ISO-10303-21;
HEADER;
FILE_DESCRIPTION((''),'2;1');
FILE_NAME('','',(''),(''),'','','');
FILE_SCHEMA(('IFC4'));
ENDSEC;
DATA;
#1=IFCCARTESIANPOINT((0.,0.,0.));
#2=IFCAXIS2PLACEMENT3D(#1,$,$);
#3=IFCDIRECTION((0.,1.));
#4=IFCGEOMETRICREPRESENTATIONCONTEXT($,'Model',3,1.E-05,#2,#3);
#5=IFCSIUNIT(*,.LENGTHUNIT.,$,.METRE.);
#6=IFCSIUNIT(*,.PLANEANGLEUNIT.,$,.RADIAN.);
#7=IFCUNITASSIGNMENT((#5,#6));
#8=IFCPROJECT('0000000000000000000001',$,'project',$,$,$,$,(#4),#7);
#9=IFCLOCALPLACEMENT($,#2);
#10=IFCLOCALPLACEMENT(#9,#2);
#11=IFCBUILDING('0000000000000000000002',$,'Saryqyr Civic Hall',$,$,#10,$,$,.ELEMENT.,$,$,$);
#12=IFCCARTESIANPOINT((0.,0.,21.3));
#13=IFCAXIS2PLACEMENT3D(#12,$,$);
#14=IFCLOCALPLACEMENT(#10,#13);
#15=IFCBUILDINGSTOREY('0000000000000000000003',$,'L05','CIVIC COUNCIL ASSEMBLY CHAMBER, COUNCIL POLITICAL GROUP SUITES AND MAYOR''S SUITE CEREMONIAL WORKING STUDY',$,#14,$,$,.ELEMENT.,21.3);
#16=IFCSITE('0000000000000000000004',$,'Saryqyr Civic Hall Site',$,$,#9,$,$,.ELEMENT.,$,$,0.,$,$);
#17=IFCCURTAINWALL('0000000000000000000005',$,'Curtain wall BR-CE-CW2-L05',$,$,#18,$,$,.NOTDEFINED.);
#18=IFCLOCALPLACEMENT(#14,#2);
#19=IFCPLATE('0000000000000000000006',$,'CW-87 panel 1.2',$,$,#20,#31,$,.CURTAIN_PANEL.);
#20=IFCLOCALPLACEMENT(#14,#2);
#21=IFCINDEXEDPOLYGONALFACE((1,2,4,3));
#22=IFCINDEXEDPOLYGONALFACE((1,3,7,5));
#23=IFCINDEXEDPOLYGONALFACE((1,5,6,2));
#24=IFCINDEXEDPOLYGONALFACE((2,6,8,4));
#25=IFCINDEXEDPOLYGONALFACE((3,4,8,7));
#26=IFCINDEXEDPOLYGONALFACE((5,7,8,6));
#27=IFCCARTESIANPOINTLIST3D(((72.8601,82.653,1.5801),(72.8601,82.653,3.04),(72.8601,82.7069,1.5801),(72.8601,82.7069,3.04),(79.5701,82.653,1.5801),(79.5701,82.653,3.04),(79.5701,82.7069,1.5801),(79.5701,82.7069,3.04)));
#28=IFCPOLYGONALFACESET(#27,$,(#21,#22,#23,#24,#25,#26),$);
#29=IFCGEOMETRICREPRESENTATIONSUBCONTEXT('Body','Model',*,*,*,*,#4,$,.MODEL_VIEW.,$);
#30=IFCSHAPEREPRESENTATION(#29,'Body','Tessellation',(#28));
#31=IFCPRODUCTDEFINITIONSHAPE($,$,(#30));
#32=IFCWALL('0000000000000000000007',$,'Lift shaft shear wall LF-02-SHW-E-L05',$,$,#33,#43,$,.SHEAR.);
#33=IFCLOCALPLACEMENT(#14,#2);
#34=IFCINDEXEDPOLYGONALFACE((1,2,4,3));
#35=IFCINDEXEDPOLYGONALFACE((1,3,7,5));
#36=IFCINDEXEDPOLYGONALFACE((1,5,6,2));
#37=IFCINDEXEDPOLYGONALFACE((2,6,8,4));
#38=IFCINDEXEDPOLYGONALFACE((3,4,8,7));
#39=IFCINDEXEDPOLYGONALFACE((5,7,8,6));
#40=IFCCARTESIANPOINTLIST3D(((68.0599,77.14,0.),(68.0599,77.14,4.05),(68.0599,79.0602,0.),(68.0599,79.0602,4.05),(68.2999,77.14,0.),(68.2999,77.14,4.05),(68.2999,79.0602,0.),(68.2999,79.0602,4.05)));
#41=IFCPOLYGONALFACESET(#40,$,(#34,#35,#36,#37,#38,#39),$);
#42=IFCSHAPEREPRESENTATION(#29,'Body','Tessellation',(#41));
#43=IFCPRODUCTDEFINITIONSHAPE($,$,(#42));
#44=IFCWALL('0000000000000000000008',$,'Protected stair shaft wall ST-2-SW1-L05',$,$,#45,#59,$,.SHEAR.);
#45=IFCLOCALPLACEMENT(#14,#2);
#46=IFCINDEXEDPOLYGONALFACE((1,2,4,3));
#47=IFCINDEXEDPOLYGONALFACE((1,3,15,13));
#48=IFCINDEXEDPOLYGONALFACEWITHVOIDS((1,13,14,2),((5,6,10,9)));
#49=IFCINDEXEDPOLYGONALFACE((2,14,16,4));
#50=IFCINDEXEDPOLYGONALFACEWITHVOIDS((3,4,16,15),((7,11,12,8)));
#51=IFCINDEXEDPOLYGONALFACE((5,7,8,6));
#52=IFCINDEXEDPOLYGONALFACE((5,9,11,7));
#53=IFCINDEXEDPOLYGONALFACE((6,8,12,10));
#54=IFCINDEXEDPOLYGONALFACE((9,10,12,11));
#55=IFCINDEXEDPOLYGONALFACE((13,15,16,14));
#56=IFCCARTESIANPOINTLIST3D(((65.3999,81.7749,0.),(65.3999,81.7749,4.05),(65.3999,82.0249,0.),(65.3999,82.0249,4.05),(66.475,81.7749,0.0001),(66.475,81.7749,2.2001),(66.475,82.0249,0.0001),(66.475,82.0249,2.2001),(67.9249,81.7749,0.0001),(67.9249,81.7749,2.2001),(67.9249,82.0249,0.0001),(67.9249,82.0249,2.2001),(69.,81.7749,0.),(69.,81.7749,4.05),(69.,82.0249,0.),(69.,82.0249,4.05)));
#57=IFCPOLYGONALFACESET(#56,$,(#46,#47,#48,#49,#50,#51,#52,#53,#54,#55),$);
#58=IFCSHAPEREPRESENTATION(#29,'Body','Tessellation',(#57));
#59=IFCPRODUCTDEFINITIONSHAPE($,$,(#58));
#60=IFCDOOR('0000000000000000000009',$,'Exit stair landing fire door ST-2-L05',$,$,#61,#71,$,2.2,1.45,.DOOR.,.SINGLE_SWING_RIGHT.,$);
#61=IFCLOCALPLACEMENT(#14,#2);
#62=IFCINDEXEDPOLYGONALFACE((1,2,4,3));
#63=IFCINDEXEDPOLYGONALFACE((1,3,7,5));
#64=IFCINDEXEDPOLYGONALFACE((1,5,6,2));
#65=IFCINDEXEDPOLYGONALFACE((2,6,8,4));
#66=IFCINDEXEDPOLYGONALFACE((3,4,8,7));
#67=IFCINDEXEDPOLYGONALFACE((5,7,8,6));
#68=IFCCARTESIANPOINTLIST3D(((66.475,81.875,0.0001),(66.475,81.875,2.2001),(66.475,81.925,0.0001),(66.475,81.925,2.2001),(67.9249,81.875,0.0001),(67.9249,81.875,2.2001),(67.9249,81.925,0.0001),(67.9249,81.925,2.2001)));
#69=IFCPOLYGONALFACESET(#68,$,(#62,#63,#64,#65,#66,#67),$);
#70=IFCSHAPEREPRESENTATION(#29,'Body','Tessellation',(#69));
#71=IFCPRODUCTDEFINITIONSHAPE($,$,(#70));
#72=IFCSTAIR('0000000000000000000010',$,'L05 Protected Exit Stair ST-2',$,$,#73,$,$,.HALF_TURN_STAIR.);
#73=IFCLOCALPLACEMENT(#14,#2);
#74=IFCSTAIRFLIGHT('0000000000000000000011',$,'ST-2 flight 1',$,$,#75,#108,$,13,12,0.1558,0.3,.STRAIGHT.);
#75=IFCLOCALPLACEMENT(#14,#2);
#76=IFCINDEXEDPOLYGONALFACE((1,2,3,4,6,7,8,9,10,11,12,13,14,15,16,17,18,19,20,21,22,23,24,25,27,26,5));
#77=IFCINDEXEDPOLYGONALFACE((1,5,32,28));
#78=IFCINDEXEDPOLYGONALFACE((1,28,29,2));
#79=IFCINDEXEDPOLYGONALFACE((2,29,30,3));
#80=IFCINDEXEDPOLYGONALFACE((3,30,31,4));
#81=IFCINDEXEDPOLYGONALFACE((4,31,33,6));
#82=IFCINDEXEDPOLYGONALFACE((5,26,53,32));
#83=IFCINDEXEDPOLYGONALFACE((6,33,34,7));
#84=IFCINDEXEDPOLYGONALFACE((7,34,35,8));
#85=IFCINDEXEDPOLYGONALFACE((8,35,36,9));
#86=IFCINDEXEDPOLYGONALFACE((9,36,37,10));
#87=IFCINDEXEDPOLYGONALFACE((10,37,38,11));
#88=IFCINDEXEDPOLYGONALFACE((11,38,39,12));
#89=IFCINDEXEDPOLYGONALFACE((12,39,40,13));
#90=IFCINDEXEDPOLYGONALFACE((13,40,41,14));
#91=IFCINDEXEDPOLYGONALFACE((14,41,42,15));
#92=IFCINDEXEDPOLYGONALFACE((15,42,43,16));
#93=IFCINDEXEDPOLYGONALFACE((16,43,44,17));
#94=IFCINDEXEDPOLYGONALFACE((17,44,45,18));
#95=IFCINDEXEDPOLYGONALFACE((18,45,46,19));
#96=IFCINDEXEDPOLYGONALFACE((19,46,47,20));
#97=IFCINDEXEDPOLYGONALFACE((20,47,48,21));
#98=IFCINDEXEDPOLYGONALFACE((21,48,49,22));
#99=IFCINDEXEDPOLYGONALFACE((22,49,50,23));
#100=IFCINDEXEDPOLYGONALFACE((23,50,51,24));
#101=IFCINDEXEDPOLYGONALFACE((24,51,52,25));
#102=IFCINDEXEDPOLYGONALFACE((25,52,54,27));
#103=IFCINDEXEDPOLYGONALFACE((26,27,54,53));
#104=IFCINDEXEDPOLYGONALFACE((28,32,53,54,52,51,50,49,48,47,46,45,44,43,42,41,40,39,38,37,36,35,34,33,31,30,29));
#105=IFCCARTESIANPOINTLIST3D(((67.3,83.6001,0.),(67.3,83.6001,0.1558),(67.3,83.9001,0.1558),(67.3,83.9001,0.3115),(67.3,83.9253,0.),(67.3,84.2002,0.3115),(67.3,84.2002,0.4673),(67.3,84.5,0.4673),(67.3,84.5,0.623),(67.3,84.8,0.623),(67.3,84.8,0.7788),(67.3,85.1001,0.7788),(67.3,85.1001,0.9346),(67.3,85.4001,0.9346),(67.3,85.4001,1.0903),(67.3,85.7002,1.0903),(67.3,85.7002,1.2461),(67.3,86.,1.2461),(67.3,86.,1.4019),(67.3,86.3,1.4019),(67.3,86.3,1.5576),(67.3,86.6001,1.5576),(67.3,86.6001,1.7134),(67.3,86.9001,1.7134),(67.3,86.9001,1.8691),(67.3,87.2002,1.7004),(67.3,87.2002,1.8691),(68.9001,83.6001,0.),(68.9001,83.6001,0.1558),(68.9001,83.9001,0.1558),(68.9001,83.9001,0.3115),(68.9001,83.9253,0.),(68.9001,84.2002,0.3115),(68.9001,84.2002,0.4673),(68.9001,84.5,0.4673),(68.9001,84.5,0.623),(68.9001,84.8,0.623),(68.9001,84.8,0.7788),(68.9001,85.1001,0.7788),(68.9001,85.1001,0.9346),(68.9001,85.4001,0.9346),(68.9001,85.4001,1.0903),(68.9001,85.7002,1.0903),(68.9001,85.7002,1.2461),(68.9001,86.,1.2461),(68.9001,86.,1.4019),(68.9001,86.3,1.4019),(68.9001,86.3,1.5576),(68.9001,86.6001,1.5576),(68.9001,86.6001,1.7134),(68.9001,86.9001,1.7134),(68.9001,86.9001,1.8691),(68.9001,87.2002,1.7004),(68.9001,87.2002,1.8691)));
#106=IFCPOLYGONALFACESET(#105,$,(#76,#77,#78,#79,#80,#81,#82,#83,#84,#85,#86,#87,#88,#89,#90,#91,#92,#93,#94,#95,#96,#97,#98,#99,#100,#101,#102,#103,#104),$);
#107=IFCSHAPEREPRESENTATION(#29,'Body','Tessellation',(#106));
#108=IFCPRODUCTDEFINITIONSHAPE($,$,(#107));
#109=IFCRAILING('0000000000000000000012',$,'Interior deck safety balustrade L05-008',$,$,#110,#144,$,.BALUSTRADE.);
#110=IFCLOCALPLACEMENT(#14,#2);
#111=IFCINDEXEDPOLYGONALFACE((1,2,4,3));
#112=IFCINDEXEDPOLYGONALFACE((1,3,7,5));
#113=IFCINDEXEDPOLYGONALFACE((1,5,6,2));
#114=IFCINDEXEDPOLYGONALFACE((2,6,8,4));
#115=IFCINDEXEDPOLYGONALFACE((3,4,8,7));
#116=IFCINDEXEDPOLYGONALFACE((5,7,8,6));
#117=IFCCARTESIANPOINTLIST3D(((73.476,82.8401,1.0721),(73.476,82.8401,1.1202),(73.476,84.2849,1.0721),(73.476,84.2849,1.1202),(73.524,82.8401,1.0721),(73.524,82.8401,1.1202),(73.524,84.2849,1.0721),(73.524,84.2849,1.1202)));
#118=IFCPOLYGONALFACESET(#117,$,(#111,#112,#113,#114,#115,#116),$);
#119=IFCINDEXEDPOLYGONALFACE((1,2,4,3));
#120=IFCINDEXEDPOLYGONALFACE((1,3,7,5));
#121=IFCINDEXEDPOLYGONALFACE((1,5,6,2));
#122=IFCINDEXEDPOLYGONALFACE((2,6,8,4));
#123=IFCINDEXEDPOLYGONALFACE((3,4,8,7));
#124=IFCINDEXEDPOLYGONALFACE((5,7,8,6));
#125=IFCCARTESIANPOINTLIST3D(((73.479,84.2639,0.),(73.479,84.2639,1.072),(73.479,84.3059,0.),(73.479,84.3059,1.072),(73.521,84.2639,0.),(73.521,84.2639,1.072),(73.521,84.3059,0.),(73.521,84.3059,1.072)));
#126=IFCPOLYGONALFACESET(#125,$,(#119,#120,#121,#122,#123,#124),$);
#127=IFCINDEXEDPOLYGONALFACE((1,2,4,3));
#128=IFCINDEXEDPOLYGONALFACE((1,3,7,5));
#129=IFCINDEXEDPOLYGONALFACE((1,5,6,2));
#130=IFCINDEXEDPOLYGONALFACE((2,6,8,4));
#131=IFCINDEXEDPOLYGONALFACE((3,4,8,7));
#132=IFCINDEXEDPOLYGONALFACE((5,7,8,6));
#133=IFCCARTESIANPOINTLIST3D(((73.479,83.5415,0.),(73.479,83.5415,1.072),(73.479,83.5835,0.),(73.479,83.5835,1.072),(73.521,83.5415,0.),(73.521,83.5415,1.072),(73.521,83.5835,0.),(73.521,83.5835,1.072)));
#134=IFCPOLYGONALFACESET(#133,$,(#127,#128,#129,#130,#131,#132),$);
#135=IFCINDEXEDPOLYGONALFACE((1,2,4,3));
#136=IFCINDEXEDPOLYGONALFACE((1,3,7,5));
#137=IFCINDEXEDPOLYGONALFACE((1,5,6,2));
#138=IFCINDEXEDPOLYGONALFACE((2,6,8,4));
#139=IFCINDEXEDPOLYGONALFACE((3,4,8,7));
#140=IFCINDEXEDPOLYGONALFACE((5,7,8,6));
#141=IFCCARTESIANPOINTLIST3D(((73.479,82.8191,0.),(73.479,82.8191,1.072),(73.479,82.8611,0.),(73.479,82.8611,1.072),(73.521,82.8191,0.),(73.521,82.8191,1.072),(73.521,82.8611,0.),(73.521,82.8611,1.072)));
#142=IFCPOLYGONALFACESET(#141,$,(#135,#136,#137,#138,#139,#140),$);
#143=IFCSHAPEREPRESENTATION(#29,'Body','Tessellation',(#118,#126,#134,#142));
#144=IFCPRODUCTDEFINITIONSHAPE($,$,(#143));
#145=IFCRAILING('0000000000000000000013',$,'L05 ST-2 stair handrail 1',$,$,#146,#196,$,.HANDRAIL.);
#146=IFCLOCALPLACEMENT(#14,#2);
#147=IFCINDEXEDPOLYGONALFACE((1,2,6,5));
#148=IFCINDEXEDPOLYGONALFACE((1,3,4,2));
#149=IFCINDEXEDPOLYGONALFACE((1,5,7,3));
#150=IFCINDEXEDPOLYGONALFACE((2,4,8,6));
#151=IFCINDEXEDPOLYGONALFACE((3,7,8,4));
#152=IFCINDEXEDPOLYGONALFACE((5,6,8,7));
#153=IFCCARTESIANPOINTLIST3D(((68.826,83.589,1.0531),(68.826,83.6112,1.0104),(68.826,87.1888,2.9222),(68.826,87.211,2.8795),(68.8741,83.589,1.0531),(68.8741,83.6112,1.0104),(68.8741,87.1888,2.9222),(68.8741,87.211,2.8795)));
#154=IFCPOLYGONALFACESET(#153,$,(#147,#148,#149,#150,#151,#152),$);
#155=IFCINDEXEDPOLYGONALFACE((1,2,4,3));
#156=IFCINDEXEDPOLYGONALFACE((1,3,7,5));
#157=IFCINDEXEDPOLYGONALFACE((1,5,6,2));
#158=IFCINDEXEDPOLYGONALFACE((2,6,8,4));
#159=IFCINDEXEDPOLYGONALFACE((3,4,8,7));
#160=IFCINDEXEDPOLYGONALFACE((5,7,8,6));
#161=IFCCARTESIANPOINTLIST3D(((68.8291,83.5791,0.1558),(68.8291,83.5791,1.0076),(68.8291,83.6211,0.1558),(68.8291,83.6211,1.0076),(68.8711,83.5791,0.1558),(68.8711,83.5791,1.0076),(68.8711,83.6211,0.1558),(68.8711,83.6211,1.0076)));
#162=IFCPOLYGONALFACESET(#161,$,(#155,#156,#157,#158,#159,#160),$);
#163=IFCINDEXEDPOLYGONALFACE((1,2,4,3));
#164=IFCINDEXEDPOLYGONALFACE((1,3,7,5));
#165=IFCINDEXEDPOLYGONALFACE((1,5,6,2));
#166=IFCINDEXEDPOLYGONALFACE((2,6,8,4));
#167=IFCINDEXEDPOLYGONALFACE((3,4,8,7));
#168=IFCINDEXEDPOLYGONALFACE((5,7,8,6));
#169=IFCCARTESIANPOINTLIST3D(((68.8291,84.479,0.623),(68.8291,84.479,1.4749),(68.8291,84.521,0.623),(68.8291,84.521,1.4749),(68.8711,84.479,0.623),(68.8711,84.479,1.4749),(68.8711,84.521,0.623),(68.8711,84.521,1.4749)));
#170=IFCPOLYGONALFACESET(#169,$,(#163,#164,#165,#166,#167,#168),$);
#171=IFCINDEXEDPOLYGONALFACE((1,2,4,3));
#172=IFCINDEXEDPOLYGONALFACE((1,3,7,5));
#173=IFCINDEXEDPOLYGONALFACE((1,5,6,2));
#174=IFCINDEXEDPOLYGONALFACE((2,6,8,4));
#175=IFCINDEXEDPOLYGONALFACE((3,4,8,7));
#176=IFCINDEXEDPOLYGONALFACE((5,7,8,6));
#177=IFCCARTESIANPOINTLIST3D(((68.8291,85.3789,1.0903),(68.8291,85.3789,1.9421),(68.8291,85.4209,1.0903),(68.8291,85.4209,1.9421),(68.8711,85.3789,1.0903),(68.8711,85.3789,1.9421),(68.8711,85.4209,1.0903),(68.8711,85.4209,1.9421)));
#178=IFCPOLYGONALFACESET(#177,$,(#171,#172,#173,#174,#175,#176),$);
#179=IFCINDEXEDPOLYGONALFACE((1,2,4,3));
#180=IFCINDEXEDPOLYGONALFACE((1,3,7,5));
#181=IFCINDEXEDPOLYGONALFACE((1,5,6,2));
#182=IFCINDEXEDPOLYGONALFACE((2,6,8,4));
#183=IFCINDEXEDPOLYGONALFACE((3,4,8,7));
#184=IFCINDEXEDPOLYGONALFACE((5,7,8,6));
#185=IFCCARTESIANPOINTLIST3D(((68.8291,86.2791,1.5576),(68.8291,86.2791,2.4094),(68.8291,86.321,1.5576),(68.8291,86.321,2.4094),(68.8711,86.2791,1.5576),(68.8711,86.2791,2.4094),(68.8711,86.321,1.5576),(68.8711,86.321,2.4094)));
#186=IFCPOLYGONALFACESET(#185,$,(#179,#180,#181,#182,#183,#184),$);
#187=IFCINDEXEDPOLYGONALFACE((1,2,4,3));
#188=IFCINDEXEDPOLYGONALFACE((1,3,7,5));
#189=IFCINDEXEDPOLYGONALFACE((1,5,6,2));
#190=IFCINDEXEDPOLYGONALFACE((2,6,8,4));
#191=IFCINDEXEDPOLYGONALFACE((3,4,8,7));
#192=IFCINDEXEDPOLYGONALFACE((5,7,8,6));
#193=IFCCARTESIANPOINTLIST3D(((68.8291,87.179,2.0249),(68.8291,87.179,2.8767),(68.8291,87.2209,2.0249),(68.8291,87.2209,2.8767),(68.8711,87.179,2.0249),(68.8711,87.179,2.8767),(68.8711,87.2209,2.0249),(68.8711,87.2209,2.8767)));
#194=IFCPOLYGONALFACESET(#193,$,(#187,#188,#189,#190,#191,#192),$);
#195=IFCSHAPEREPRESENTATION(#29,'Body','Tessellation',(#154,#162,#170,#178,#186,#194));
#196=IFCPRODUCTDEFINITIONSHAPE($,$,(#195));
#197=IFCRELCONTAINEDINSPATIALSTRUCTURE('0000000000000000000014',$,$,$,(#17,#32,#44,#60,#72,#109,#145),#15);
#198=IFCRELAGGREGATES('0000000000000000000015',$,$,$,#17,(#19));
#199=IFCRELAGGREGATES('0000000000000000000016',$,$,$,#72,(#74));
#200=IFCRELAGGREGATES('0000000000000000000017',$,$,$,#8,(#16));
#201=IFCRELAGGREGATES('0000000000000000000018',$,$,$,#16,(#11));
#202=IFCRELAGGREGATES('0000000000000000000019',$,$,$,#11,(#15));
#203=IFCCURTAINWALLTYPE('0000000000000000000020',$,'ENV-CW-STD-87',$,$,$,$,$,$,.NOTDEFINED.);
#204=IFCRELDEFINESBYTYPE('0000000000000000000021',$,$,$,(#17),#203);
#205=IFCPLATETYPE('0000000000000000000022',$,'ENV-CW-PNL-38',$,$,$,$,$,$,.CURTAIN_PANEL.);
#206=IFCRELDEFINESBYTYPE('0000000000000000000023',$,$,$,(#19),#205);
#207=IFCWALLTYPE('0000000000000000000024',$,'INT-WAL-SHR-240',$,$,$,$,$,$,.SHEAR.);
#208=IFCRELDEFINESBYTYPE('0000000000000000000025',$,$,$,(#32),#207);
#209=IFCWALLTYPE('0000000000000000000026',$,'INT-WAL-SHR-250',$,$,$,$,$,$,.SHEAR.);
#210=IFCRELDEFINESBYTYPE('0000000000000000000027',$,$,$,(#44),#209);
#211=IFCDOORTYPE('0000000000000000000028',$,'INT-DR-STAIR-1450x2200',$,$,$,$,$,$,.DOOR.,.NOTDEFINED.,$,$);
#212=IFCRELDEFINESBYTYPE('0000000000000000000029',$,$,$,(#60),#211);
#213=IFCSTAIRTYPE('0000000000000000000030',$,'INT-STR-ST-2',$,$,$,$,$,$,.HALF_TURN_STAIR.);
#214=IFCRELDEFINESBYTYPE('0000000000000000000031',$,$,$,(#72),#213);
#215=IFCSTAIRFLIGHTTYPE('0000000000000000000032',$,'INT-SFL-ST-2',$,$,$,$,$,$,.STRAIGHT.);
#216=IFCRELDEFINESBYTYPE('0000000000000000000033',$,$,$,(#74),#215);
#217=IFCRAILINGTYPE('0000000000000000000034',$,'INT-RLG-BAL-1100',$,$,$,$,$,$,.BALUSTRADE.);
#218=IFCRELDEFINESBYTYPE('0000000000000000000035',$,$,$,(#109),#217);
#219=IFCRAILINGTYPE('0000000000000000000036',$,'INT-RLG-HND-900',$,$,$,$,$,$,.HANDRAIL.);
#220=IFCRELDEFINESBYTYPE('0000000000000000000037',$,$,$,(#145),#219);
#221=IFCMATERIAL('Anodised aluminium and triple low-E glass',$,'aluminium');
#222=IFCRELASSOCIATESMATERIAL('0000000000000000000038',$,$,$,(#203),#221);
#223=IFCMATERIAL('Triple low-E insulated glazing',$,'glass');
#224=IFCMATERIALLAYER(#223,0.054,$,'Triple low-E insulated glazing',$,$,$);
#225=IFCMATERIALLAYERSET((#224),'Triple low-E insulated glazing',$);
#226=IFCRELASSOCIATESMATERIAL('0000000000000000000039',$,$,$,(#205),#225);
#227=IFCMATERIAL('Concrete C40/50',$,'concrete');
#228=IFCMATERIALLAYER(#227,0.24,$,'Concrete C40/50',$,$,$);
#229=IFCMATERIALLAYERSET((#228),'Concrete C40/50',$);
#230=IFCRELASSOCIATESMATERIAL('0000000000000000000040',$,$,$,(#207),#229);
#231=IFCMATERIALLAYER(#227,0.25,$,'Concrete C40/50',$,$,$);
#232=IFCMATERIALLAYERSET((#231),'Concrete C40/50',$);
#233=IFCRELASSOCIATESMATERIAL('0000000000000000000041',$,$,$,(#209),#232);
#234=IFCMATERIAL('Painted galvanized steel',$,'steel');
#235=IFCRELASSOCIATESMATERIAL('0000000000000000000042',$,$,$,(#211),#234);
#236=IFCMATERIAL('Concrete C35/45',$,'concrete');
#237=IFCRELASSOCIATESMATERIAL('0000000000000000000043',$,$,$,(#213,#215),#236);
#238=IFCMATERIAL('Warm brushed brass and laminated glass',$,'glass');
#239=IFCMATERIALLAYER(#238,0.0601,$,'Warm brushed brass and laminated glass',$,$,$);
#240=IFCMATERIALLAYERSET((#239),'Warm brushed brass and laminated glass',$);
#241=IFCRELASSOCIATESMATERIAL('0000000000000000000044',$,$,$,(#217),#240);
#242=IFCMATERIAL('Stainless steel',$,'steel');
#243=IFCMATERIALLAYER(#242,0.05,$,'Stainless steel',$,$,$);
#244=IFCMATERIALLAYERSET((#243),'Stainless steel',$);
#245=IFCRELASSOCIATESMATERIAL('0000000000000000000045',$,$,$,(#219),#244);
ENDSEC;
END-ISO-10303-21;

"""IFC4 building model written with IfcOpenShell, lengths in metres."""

from ifc_helpers import new_model, si_unit, direction, frame, frame_2d, origin, origin_2d, place, context, subcontext, project, spatial, polyline, rectangle, outline, extrude, material, layer, layer_set, type_object, element, fill, aggregate, save


model = new_model("IFC4")

# Units and contexts
model_context = context("Model", 3, precision=1e-05, world=origin(), true_north=direction((0.0, 1.0)))
body_context = subcontext(model_context, "Body", "Model", "MODEL_VIEW")
ifc_project = project(units=[si_unit("LENGTHUNIT", "METRE"), si_unit("PLANEANGLEUNIT", "RADIAN")], contexts=[model_context])

# Site, building, storey
site_placement = place(None, origin())
site = spatial("IfcSite", under=ifc_project, at=site_placement, Name="Saryqyr Civic Hall Site", CompositionType="ELEMENT", RefElevation=0.0)
building_placement = place(site_placement, origin())
building = spatial("IfcBuilding", under=site, at=building_placement, Name="Saryqyr Civic Hall", CompositionType="ELEMENT")
storey_placement = place(building_placement, frame((0.0, 0.0, 21.3)))
storey = spatial("IfcBuildingStorey", under=building, at=storey_placement, Name="L05", Description="CIVIC COUNCIL ASSEMBLY CHAMBER, COUNCIL POLITICAL GROUP SUITES AND MAYOR'S SUITE CEREMONIAL WORKING STUDY", CompositionType="ELEMENT", Elevation=21.3)

# Shared definitions
ifc_material_1 = material(Name="Concrete C40/50", Category="concrete")

# Curtain wall
ifc_material_2 = material(Name="Anodised aluminium and triple low-E glass", Category="aluminium")
curtain_wall_type = type_object("IfcCurtainWallType", Name="ENV-CW-STD-87", PredefinedType="NOTDEFINED", material=ifc_material_2)
curtain_wall_placement = place(storey_placement, origin())
curtain_wall = element("IfcCurtainWall", 1, at=curtain_wall_placement, inside=storey, type_object=curtain_wall_type, Name="Curtain wall BR-CE-CW2-L05", PredefinedType="NOTDEFINED")

# Shared definitions
ifc_material_3 = material(Name="Concrete C35/45", Category="concrete")

# Plate
ifc_material_4 = material(Name="Triple low-E insulated glazing", Category="glass")
ifc_layer_1 = layer(ifc_material_4, 0.054, Name="Triple low-E insulated glazing")
ifc_layer_set_1 = layer_set([ifc_layer_1], Name="Triple low-E insulated glazing")
plate_type = type_object("IfcPlateType", Name="ENV-CW-PNL-38", PredefinedType="CURTAIN_PANEL", material=ifc_layer_set_1)
plate_1_placement = place(storey_placement, frame((76.2151, 82.6799, 1.5801), z_axis=(0.0, 0.0, 1.0), x_axis=(1.0, 0.0, 0.0)))
plate_1 = element("IfcPlate", 2, at=plate_1_placement, type_object=plate_type, Name="CW-87 panel 1.2", PredefinedType="CURTAIN_PANEL", context=body_context, shape_type="SweptSolid", body=[
    extrude(rectangle(XDim=6.71, YDim=0.054, at=origin_2d()), origin(), (0.0, 0.0, 1.0), 1.46),
])
aggregate(curtain_wall, [plate_1])

# Wall
ifc_layer_2 = layer(ifc_material_1, 0.24, Name="Concrete C40/50")
ifc_layer_set_2 = layer_set([ifc_layer_2], Name="Concrete C40/50")
wall_type_1 = type_object("IfcWallType", Name="INT-WAL-SHR-240", PredefinedType="SHEAR", material=ifc_layer_set_2)
wall_1_placement = place(storey_placement, frame((68.1799, 79.0601, 0.0), z_axis=(0.0, 0.0, 1.0), x_axis=(0.0, -1.0, 0.0)))
element("IfcWall", 3, at=wall_1_placement, inside=storey, type_object=wall_type_1, Name="Lift shaft shear wall LF-02-SHW-E-L05", PredefinedType="SHEAR", context=body_context, shape_type="SweptSolid", body=[
    extrude(rectangle(XDim=1.9202, YDim=0.24, at=frame_2d((0.96, 0.0))), origin(), (0.0, 0.0, 1.0), 4.05),
])

# Wall, opening, door
ifc_layer_3 = layer(ifc_material_1, 0.25, Name="Concrete C40/50")
ifc_layer_set_3 = layer_set([ifc_layer_3], Name="Concrete C40/50")
wall_type_2 = type_object("IfcWallType", Name="INT-WAL-SHR-250", PredefinedType="SHEAR", material=ifc_layer_set_3)
wall_2_placement = place(storey_placement, frame((69.0, 81.8999, 0.0), z_axis=(0.0, 0.0, 1.0), x_axis=(-1.0, 0.0, 0.0)))
wall_2 = element("IfcWall", 4, at=wall_2_placement, inside=storey, type_object=wall_type_2, Name="Protected stair shaft wall ST-2-SW1-L05", PredefinedType="SHEAR", context=body_context, shape_type="SweptSolid", body=[
    extrude(rectangle(XDim=3.6001, YDim=0.25, at=frame_2d((1.8, 0.0))), origin(), (0.0, 0.0, 1.0), 4.05),
])
opening_placement = place(wall_2_placement, frame((1.075, 0.0, 0.0)))
opening = element("IfcOpeningElement", 5, at=opening_placement, cuts=wall_2, PredefinedType="OPENING", context=body_context, shape_type="SweptSolid", body=[
    extrude(rectangle(XDim=1.45, YDim=2.2, at=frame_2d((0.7251, 1.1001))), frame((0.0, 0.135, 0.0), z_axis=(0.0, -1.0, 0.0), x_axis=(1.0, 0.0, 0.0)), (0.0, 0.0, 1.0), 0.27),
])
ifc_material_5 = material(Name="Painted galvanized steel", Category="steel")
door_type = type_object("IfcDoorType", Name="INT-DR-STAIR-1450x2200", OperationType="NOTDEFINED", PredefinedType="DOOR", material=ifc_material_5)
door_placement = place(opening_placement, origin())
door = element("IfcDoor", 6, at=door_placement, inside=storey, type_object=door_type, Name="Exit stair landing fire door ST-2-L05", OperationType="SINGLE_SWING_RIGHT", OverallHeight=2.2, OverallWidth=1.45, PredefinedType="DOOR", context=body_context, shape_type="SweptSolid", body=[
    extrude(rectangle(XDim=1.45, YDim=2.2, at=frame_2d((0.7251, 1.1001))), frame((0.0, 0.0249, 0.0), z_axis=(0.0, -1.0, 0.0), x_axis=(1.0, 0.0, 0.0)), (0.0, 0.0, 1.0), 0.05),
])
fill(opening, door)

# Stair, stair flight
stair_type = type_object("IfcStairType", Name="INT-STR-ST-2", PredefinedType="HALF_TURN_STAIR", material=ifc_material_3)
stair_placement = place(storey_placement, origin())
stair = element("IfcStair", 7, at=stair_placement, inside=storey, type_object=stair_type, Name="L05 Protected Exit Stair ST-2", PredefinedType="HALF_TURN_STAIR")
stair_flight_type = type_object("IfcStairFlightType", Name="INT-SFL-ST-2", PredefinedType="STRAIGHT", material=ifc_material_3)
stair_flight_placement = place(storey_placement, frame((68.1001, 83.6001, 0.0), z_axis=(0.0, 0.0, 1.0), x_axis=(0.0, 1.0, 0.0)))
stair_flight = element("IfcStairFlight", 8, at=stair_flight_placement, type_object=stair_flight_type, Name="ST-2 flight 1", NumberOfRisers=13, NumberOfTreads=12, PredefinedType="STRAIGHT", RiserHeight=0.1558, TreadLength=0.3, context=body_context, shape_type="SweptSolid", body=[
    extrude(outline(polyline([(0.0, 0.0), (0.0, 0.1558), (0.3, 0.1558), (0.3, 0.3115), (0.6001, 0.3115), (0.6001, 0.4673), (0.8999, 0.4673), (0.8999, 0.623), (1.2, 0.623), (1.2, 0.7788), (1.5, 0.7788), (1.5, 0.9346), (1.8, 0.9346), (1.8, 1.0903), (2.1001, 1.0903), (2.1001, 1.2461), (2.3999, 1.2461), (2.3999, 1.4019), (2.7, 1.4019), (2.7, 1.5576), (3.0, 1.5576), (3.0, 1.7134), (3.3, 1.7134), (3.3, 1.8691), (3.6001, 1.8691), (3.6001, 2.0249), (3.6001, 1.7004), (0.3252, 0.0), (0.0, 0.0)])), frame((0.0, 0.8, 0.0), z_axis=(0.0, -1.0, 0.0), x_axis=(1.0, 0.0, 0.0)), (0.0, 0.0, 1.0), 1.6001),
])
aggregate(stair, [stair_flight])

# Railings
ifc_material_6 = material(Name="Warm brushed brass and laminated glass", Category="glass")
ifc_layer_4 = layer(ifc_material_6, 0.0601, Name="Warm brushed brass and laminated glass")
ifc_layer_set_4 = layer_set([ifc_layer_4], Name="Warm brushed brass and laminated glass")
railing_type_1 = type_object("IfcRailingType", Name="INT-RLG-BAL-1100", PredefinedType="BALUSTRADE", material=ifc_layer_set_4)
railing_1_placement = place(storey_placement, frame((73.5, 84.2849, 0.0)))
element("IfcRailing", 9, at=railing_1_placement, inside=storey, type_object=railing_type_1, Name="Interior deck safety balustrade L05-008", PredefinedType="BALUSTRADE", context=body_context, shape_type="SweptSolid", body=[
    extrude(rectangle(XDim=0.0481, YDim=0.0481, at=origin_2d()), frame((0.0, 0.0, 1.0962), z_axis=(0.0, -1.0, 0.0), x_axis=(1.0, 0.0, 0.0)), (0.0, 0.0, 1.0), 1.4448),
    extrude(rectangle(XDim=0.042, YDim=0.042, at=origin_2d()), origin(), (0.0, 0.0, 1.0), 1.072),
    extrude(rectangle(XDim=0.042, YDim=0.042, at=origin_2d()), frame((0.0, -0.7224, 0.0)), (0.0, 0.0, 1.0), 1.072),
    extrude(rectangle(XDim=0.042, YDim=0.042, at=origin_2d()), frame((0.0, -1.4448, 0.0)), (0.0, 0.0, 1.0), 1.072),
])
ifc_material_7 = material(Name="Stainless steel", Category="steel")
ifc_layer_5 = layer(ifc_material_7, 0.05, Name="Stainless steel")
ifc_layer_set_5 = layer_set([ifc_layer_5], Name="Stainless steel")
railing_type_2 = type_object("IfcRailingType", Name="INT-RLG-HND-900", PredefinedType="HANDRAIL", material=ifc_layer_set_5)
railing_2_placement = place(storey_placement, frame((68.8501, 83.6001, 0.1558)))
element("IfcRailing", 10, at=railing_2_placement, inside=storey, type_object=railing_type_2, Name="L05 ST-2 stair handrail 1", PredefinedType="HANDRAIL", context=body_context, shape_type="SweptSolid", body=[
    extrude(rectangle(XDim=0.0481, YDim=0.0481, at=origin_2d()), frame((0.0, 0.0, 0.876), z_axis=(0.0, 0.887497, 0.460813), x_axis=(-1.0, 0.0, 0.0)), (0.0, 0.0, 1.0), 4.0562),
    extrude(rectangle(XDim=0.042, YDim=0.042, at=origin_2d()), origin(), (0.0, 0.0, 1.0), 0.8518),
    extrude(rectangle(XDim=0.042, YDim=0.042, at=origin_2d()), frame((0.0, 0.8999, 0.4673)), (0.0, 0.0, 1.0), 0.8518),
    extrude(rectangle(XDim=0.042, YDim=0.042, at=origin_2d()), frame((0.0, 1.7998, 0.9346)), (0.0, 0.0, 1.0), 0.8518),
    extrude(rectangle(XDim=0.042, YDim=0.042, at=origin_2d()), frame((0.0, 2.7, 1.4019)), (0.0, 0.0, 1.0), 0.8518),
    extrude(rectangle(XDim=0.042, YDim=0.042, at=origin_2d()), frame((0.0, 3.5999, 1.8691)), (0.0, 0.0, 1.0), 0.8518),
])

save(model, "model.ifc")
